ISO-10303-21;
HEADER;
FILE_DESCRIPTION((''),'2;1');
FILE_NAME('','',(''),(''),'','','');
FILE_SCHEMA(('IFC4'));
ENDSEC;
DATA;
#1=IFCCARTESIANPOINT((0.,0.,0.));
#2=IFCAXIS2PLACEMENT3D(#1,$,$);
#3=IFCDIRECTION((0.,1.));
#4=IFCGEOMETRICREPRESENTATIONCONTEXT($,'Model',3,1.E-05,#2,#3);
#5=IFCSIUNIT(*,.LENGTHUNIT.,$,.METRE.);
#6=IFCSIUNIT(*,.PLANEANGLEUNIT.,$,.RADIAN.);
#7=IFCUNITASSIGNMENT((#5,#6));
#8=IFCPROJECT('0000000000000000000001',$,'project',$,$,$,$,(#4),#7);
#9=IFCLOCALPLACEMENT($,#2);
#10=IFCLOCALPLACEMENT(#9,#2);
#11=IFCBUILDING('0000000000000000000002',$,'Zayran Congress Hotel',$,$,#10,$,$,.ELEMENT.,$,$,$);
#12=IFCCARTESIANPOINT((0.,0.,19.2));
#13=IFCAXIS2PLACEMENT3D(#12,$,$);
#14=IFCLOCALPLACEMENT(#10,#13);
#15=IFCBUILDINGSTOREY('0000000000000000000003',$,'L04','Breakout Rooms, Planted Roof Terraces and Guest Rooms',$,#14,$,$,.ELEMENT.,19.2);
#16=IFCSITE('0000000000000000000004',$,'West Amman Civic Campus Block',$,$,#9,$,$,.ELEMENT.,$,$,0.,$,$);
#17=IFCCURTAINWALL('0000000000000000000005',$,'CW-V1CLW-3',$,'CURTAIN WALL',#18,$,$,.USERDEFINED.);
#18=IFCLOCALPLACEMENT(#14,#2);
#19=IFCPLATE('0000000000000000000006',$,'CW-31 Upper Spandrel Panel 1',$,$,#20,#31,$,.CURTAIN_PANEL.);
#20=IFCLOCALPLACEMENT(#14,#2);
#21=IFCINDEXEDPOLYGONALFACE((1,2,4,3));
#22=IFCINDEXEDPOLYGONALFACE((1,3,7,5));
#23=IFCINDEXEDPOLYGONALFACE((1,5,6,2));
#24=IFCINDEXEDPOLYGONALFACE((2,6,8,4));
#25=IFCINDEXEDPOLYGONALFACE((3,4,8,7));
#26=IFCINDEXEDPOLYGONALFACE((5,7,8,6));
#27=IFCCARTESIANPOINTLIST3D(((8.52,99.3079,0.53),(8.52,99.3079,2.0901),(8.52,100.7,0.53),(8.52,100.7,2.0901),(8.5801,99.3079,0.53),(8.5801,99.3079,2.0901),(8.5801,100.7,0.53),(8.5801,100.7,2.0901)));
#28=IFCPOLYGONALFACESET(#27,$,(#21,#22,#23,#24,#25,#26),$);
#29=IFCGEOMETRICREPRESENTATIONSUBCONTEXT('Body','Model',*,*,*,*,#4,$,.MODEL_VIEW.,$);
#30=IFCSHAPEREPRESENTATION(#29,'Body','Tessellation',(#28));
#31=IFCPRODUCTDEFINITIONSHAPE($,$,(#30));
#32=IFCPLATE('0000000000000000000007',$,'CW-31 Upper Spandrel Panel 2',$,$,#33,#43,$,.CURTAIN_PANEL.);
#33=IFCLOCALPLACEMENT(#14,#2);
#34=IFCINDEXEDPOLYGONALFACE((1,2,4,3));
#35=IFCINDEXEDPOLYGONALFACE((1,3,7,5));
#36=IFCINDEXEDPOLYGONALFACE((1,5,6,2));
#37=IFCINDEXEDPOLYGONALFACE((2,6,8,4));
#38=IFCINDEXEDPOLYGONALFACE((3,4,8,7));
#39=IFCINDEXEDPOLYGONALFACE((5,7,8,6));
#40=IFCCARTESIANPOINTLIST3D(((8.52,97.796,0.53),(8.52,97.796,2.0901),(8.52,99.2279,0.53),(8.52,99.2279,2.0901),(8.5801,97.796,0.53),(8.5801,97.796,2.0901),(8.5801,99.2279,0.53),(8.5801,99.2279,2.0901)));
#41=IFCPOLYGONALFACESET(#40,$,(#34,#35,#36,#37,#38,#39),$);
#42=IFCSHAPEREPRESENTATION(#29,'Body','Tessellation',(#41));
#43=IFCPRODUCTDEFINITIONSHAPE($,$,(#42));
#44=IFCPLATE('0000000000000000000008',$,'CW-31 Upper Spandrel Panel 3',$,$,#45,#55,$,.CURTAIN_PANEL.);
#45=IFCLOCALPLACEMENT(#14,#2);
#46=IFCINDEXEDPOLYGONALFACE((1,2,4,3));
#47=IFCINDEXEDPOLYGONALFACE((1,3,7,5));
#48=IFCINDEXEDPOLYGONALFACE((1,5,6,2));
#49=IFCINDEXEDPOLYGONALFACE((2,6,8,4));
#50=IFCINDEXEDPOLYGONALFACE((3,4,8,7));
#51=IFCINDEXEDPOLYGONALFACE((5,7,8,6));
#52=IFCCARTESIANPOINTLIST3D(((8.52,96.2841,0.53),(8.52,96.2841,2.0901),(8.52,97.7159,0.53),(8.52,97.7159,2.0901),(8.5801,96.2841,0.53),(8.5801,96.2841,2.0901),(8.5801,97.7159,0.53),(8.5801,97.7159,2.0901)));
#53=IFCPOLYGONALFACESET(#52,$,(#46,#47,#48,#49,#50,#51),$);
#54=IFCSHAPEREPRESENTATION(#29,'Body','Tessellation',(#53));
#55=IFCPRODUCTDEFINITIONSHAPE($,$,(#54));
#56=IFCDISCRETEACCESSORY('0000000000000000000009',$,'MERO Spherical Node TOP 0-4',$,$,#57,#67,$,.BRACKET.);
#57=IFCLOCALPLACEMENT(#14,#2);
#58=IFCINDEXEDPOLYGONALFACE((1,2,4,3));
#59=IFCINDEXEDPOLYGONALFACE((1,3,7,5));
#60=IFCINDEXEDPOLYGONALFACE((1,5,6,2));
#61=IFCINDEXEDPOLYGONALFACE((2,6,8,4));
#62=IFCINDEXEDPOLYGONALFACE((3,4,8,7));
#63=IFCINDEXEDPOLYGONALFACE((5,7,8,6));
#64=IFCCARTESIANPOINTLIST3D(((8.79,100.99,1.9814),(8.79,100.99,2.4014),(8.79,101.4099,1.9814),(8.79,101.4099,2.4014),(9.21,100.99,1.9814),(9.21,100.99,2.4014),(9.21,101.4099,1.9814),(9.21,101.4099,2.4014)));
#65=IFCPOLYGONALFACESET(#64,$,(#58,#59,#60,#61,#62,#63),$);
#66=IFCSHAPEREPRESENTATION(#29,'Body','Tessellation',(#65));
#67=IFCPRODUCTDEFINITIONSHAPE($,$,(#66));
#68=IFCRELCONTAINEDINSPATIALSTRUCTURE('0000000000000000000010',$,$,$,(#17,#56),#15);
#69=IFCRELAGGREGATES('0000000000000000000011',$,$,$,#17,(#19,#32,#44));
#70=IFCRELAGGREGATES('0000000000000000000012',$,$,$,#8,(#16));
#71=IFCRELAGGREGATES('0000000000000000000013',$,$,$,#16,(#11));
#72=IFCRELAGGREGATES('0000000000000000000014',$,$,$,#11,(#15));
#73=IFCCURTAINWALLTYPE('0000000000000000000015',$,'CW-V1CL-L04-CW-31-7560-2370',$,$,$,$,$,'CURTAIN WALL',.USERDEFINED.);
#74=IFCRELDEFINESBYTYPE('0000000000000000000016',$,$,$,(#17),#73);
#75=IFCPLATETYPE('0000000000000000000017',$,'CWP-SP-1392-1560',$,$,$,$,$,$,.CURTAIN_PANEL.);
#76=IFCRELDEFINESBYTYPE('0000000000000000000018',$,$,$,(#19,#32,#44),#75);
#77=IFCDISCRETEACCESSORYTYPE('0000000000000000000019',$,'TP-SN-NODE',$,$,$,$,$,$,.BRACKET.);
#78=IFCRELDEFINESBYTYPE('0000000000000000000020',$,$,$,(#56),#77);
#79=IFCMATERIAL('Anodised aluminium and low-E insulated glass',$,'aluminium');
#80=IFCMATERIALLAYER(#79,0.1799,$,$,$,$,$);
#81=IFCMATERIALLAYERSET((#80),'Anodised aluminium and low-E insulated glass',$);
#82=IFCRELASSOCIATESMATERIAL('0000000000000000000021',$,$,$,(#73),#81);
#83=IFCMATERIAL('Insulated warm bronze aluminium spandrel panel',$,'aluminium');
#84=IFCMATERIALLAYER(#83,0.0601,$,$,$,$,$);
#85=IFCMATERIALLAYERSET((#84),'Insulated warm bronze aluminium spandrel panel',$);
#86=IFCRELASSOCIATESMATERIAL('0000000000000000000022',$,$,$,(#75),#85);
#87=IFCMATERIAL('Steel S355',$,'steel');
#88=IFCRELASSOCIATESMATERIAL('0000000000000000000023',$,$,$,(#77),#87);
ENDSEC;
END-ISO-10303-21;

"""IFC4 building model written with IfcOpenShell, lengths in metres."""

from ifc_helpers import new_model, si_unit, direction, frame, origin, origin_2d, place, context, subcontext, project, spatial, rectangle, extrude, material, layer, layer_set, type_object, element, aggregate, save


model = new_model("IFC4")

# Units and contexts
model_context = context("Model", 3, precision=1e-05, world=origin(), true_north=direction((0.0, 1.0)))
body_context = subcontext(model_context, "Body", "Model", "MODEL_VIEW")
ifc_project = project(units=[si_unit("LENGTHUNIT", "METRE"), si_unit("PLANEANGLEUNIT", "RADIAN")], contexts=[model_context])

# Site, building, storey
site_placement = place(None, origin())
site = spatial("IfcSite", under=ifc_project, at=site_placement, Name="West Amman Civic Campus Block", CompositionType="ELEMENT", RefElevation=0.0)
building_placement = place(site_placement, origin())
building = spatial("IfcBuilding", under=site, at=building_placement, Name="Zayran Congress Hotel", CompositionType="ELEMENT")
storey_placement = place(building_placement, frame((0.0, 0.0, 19.2)))
storey = spatial("IfcBuildingStorey", under=building, at=storey_placement, Name="L04", Description="Breakout Rooms, Planted Roof Terraces and Guest Rooms", CompositionType="ELEMENT", Elevation=19.2)

# Shared definitions
ifc_material_1 = material(Name="Steel S355", Category="steel")

# Curtain wall
ifc_material_2 = material(Name="Anodised aluminium and low-E insulated glass", Category="aluminium")
ifc_layer_1 = layer(ifc_material_2, 0.1799)
ifc_layer_set_1 = layer_set([ifc_layer_1], Name="Anodised aluminium and low-E insulated glass")
curtain_wall_type = type_object("IfcCurtainWallType", Name="CW-V1CL-L04-CW-31-7560-2370", ElementType="CURTAIN WALL", PredefinedType="USERDEFINED", material=ifc_layer_set_1)
curtain_wall_placement = place(storey_placement, origin())
curtain_wall = element("IfcCurtainWall", 1, at=curtain_wall_placement, inside=storey, type_object=curtain_wall_type, Name="CW-V1CLW-3", ObjectType="CURTAIN WALL", PredefinedType="USERDEFINED")

# Plates
ifc_material_3 = material(Name="Insulated warm bronze aluminium spandrel panel", Category="aluminium")
ifc_layer_2 = layer(ifc_material_3, 0.0601)
ifc_layer_set_2 = layer_set([ifc_layer_2], Name="Insulated warm bronze aluminium spandrel panel")
plate_type_1 = type_object("IfcPlateType", Name="CWP-SP-1392-1560", PredefinedType="CURTAIN_PANEL", material=ifc_layer_set_2)
plate_1_placement = place(storey_placement, frame((8.55, 100.0039, 0.53), z_axis=(0.0, 0.0, 1.0), x_axis=(0.0, 1.0, 0.0)))
plate_1 = element("IfcPlate", 2, at=plate_1_placement, type_object=plate_type_1, Name="CW-31 Upper Spandrel Panel 1", PredefinedType="CURTAIN_PANEL", context=body_context, shape_type="SweptSolid", body=[
    extrude(rectangle(XDim=1.3921, YDim=0.0601, at=origin_2d()), origin(), (0.0, 0.0, 1.0), 1.5601),
])
plate_2_placement = place(storey_placement, frame((8.55, 98.512, 0.53), z_axis=(0.0, 0.0, 1.0), x_axis=(0.0, 1.0, 0.0)))
plate_2 = element("IfcPlate", 3, at=plate_2_placement, type_object=plate_type_1, Name="CW-31 Upper Spandrel Panel 2", PredefinedType="CURTAIN_PANEL", context=body_context, shape_type="SweptSolid", body=[
    extrude(rectangle(XDim=1.4319, YDim=0.0601, at=origin_2d()), origin(), (0.0, 0.0, 1.0), 1.5601),
])
plate_3_placement = place(storey_placement, frame((8.55, 97.0, 0.53), z_axis=(0.0, 0.0, 1.0), x_axis=(0.0, 1.0, 0.0)))
plate_3 = element("IfcPlate", 4, at=plate_3_placement, type_object=plate_type_1, Name="CW-31 Upper Spandrel Panel 3", PredefinedType="CURTAIN_PANEL", context=body_context, shape_type="SweptSolid", body=[
    extrude(rectangle(XDim=1.4319, YDim=0.0601, at=origin_2d()), origin(), (0.0, 0.0, 1.0), 1.5601),
])
aggregate(curtain_wall, [plate_1, plate_2, plate_3])

# Discrete accessory
discrete_accessory_type = type_object("IfcDiscreteAccessoryType", Name="TP-SN-NODE", PredefinedType="BRACKET", material=ifc_material_1)
discrete_accessory_placement = place(storey_placement, frame((9.0, 101.2, 1.9814), z_axis=(0.0, 0.0, 1.0), x_axis=(1.0, 0.0, 0.0)))
element("IfcDiscreteAccessory", 5, at=discrete_accessory_placement, inside=storey, type_object=discrete_accessory_type, Name="MERO Spherical Node TOP 0-4", PredefinedType="BRACKET", context=body_context, shape_type="SweptSolid", body=[
    extrude(rectangle(XDim=0.4199, YDim=0.4199, at=origin_2d()), origin(), (0.0, 0.0, 1.0), 0.4199),
])

save(model, "model.ifc")
